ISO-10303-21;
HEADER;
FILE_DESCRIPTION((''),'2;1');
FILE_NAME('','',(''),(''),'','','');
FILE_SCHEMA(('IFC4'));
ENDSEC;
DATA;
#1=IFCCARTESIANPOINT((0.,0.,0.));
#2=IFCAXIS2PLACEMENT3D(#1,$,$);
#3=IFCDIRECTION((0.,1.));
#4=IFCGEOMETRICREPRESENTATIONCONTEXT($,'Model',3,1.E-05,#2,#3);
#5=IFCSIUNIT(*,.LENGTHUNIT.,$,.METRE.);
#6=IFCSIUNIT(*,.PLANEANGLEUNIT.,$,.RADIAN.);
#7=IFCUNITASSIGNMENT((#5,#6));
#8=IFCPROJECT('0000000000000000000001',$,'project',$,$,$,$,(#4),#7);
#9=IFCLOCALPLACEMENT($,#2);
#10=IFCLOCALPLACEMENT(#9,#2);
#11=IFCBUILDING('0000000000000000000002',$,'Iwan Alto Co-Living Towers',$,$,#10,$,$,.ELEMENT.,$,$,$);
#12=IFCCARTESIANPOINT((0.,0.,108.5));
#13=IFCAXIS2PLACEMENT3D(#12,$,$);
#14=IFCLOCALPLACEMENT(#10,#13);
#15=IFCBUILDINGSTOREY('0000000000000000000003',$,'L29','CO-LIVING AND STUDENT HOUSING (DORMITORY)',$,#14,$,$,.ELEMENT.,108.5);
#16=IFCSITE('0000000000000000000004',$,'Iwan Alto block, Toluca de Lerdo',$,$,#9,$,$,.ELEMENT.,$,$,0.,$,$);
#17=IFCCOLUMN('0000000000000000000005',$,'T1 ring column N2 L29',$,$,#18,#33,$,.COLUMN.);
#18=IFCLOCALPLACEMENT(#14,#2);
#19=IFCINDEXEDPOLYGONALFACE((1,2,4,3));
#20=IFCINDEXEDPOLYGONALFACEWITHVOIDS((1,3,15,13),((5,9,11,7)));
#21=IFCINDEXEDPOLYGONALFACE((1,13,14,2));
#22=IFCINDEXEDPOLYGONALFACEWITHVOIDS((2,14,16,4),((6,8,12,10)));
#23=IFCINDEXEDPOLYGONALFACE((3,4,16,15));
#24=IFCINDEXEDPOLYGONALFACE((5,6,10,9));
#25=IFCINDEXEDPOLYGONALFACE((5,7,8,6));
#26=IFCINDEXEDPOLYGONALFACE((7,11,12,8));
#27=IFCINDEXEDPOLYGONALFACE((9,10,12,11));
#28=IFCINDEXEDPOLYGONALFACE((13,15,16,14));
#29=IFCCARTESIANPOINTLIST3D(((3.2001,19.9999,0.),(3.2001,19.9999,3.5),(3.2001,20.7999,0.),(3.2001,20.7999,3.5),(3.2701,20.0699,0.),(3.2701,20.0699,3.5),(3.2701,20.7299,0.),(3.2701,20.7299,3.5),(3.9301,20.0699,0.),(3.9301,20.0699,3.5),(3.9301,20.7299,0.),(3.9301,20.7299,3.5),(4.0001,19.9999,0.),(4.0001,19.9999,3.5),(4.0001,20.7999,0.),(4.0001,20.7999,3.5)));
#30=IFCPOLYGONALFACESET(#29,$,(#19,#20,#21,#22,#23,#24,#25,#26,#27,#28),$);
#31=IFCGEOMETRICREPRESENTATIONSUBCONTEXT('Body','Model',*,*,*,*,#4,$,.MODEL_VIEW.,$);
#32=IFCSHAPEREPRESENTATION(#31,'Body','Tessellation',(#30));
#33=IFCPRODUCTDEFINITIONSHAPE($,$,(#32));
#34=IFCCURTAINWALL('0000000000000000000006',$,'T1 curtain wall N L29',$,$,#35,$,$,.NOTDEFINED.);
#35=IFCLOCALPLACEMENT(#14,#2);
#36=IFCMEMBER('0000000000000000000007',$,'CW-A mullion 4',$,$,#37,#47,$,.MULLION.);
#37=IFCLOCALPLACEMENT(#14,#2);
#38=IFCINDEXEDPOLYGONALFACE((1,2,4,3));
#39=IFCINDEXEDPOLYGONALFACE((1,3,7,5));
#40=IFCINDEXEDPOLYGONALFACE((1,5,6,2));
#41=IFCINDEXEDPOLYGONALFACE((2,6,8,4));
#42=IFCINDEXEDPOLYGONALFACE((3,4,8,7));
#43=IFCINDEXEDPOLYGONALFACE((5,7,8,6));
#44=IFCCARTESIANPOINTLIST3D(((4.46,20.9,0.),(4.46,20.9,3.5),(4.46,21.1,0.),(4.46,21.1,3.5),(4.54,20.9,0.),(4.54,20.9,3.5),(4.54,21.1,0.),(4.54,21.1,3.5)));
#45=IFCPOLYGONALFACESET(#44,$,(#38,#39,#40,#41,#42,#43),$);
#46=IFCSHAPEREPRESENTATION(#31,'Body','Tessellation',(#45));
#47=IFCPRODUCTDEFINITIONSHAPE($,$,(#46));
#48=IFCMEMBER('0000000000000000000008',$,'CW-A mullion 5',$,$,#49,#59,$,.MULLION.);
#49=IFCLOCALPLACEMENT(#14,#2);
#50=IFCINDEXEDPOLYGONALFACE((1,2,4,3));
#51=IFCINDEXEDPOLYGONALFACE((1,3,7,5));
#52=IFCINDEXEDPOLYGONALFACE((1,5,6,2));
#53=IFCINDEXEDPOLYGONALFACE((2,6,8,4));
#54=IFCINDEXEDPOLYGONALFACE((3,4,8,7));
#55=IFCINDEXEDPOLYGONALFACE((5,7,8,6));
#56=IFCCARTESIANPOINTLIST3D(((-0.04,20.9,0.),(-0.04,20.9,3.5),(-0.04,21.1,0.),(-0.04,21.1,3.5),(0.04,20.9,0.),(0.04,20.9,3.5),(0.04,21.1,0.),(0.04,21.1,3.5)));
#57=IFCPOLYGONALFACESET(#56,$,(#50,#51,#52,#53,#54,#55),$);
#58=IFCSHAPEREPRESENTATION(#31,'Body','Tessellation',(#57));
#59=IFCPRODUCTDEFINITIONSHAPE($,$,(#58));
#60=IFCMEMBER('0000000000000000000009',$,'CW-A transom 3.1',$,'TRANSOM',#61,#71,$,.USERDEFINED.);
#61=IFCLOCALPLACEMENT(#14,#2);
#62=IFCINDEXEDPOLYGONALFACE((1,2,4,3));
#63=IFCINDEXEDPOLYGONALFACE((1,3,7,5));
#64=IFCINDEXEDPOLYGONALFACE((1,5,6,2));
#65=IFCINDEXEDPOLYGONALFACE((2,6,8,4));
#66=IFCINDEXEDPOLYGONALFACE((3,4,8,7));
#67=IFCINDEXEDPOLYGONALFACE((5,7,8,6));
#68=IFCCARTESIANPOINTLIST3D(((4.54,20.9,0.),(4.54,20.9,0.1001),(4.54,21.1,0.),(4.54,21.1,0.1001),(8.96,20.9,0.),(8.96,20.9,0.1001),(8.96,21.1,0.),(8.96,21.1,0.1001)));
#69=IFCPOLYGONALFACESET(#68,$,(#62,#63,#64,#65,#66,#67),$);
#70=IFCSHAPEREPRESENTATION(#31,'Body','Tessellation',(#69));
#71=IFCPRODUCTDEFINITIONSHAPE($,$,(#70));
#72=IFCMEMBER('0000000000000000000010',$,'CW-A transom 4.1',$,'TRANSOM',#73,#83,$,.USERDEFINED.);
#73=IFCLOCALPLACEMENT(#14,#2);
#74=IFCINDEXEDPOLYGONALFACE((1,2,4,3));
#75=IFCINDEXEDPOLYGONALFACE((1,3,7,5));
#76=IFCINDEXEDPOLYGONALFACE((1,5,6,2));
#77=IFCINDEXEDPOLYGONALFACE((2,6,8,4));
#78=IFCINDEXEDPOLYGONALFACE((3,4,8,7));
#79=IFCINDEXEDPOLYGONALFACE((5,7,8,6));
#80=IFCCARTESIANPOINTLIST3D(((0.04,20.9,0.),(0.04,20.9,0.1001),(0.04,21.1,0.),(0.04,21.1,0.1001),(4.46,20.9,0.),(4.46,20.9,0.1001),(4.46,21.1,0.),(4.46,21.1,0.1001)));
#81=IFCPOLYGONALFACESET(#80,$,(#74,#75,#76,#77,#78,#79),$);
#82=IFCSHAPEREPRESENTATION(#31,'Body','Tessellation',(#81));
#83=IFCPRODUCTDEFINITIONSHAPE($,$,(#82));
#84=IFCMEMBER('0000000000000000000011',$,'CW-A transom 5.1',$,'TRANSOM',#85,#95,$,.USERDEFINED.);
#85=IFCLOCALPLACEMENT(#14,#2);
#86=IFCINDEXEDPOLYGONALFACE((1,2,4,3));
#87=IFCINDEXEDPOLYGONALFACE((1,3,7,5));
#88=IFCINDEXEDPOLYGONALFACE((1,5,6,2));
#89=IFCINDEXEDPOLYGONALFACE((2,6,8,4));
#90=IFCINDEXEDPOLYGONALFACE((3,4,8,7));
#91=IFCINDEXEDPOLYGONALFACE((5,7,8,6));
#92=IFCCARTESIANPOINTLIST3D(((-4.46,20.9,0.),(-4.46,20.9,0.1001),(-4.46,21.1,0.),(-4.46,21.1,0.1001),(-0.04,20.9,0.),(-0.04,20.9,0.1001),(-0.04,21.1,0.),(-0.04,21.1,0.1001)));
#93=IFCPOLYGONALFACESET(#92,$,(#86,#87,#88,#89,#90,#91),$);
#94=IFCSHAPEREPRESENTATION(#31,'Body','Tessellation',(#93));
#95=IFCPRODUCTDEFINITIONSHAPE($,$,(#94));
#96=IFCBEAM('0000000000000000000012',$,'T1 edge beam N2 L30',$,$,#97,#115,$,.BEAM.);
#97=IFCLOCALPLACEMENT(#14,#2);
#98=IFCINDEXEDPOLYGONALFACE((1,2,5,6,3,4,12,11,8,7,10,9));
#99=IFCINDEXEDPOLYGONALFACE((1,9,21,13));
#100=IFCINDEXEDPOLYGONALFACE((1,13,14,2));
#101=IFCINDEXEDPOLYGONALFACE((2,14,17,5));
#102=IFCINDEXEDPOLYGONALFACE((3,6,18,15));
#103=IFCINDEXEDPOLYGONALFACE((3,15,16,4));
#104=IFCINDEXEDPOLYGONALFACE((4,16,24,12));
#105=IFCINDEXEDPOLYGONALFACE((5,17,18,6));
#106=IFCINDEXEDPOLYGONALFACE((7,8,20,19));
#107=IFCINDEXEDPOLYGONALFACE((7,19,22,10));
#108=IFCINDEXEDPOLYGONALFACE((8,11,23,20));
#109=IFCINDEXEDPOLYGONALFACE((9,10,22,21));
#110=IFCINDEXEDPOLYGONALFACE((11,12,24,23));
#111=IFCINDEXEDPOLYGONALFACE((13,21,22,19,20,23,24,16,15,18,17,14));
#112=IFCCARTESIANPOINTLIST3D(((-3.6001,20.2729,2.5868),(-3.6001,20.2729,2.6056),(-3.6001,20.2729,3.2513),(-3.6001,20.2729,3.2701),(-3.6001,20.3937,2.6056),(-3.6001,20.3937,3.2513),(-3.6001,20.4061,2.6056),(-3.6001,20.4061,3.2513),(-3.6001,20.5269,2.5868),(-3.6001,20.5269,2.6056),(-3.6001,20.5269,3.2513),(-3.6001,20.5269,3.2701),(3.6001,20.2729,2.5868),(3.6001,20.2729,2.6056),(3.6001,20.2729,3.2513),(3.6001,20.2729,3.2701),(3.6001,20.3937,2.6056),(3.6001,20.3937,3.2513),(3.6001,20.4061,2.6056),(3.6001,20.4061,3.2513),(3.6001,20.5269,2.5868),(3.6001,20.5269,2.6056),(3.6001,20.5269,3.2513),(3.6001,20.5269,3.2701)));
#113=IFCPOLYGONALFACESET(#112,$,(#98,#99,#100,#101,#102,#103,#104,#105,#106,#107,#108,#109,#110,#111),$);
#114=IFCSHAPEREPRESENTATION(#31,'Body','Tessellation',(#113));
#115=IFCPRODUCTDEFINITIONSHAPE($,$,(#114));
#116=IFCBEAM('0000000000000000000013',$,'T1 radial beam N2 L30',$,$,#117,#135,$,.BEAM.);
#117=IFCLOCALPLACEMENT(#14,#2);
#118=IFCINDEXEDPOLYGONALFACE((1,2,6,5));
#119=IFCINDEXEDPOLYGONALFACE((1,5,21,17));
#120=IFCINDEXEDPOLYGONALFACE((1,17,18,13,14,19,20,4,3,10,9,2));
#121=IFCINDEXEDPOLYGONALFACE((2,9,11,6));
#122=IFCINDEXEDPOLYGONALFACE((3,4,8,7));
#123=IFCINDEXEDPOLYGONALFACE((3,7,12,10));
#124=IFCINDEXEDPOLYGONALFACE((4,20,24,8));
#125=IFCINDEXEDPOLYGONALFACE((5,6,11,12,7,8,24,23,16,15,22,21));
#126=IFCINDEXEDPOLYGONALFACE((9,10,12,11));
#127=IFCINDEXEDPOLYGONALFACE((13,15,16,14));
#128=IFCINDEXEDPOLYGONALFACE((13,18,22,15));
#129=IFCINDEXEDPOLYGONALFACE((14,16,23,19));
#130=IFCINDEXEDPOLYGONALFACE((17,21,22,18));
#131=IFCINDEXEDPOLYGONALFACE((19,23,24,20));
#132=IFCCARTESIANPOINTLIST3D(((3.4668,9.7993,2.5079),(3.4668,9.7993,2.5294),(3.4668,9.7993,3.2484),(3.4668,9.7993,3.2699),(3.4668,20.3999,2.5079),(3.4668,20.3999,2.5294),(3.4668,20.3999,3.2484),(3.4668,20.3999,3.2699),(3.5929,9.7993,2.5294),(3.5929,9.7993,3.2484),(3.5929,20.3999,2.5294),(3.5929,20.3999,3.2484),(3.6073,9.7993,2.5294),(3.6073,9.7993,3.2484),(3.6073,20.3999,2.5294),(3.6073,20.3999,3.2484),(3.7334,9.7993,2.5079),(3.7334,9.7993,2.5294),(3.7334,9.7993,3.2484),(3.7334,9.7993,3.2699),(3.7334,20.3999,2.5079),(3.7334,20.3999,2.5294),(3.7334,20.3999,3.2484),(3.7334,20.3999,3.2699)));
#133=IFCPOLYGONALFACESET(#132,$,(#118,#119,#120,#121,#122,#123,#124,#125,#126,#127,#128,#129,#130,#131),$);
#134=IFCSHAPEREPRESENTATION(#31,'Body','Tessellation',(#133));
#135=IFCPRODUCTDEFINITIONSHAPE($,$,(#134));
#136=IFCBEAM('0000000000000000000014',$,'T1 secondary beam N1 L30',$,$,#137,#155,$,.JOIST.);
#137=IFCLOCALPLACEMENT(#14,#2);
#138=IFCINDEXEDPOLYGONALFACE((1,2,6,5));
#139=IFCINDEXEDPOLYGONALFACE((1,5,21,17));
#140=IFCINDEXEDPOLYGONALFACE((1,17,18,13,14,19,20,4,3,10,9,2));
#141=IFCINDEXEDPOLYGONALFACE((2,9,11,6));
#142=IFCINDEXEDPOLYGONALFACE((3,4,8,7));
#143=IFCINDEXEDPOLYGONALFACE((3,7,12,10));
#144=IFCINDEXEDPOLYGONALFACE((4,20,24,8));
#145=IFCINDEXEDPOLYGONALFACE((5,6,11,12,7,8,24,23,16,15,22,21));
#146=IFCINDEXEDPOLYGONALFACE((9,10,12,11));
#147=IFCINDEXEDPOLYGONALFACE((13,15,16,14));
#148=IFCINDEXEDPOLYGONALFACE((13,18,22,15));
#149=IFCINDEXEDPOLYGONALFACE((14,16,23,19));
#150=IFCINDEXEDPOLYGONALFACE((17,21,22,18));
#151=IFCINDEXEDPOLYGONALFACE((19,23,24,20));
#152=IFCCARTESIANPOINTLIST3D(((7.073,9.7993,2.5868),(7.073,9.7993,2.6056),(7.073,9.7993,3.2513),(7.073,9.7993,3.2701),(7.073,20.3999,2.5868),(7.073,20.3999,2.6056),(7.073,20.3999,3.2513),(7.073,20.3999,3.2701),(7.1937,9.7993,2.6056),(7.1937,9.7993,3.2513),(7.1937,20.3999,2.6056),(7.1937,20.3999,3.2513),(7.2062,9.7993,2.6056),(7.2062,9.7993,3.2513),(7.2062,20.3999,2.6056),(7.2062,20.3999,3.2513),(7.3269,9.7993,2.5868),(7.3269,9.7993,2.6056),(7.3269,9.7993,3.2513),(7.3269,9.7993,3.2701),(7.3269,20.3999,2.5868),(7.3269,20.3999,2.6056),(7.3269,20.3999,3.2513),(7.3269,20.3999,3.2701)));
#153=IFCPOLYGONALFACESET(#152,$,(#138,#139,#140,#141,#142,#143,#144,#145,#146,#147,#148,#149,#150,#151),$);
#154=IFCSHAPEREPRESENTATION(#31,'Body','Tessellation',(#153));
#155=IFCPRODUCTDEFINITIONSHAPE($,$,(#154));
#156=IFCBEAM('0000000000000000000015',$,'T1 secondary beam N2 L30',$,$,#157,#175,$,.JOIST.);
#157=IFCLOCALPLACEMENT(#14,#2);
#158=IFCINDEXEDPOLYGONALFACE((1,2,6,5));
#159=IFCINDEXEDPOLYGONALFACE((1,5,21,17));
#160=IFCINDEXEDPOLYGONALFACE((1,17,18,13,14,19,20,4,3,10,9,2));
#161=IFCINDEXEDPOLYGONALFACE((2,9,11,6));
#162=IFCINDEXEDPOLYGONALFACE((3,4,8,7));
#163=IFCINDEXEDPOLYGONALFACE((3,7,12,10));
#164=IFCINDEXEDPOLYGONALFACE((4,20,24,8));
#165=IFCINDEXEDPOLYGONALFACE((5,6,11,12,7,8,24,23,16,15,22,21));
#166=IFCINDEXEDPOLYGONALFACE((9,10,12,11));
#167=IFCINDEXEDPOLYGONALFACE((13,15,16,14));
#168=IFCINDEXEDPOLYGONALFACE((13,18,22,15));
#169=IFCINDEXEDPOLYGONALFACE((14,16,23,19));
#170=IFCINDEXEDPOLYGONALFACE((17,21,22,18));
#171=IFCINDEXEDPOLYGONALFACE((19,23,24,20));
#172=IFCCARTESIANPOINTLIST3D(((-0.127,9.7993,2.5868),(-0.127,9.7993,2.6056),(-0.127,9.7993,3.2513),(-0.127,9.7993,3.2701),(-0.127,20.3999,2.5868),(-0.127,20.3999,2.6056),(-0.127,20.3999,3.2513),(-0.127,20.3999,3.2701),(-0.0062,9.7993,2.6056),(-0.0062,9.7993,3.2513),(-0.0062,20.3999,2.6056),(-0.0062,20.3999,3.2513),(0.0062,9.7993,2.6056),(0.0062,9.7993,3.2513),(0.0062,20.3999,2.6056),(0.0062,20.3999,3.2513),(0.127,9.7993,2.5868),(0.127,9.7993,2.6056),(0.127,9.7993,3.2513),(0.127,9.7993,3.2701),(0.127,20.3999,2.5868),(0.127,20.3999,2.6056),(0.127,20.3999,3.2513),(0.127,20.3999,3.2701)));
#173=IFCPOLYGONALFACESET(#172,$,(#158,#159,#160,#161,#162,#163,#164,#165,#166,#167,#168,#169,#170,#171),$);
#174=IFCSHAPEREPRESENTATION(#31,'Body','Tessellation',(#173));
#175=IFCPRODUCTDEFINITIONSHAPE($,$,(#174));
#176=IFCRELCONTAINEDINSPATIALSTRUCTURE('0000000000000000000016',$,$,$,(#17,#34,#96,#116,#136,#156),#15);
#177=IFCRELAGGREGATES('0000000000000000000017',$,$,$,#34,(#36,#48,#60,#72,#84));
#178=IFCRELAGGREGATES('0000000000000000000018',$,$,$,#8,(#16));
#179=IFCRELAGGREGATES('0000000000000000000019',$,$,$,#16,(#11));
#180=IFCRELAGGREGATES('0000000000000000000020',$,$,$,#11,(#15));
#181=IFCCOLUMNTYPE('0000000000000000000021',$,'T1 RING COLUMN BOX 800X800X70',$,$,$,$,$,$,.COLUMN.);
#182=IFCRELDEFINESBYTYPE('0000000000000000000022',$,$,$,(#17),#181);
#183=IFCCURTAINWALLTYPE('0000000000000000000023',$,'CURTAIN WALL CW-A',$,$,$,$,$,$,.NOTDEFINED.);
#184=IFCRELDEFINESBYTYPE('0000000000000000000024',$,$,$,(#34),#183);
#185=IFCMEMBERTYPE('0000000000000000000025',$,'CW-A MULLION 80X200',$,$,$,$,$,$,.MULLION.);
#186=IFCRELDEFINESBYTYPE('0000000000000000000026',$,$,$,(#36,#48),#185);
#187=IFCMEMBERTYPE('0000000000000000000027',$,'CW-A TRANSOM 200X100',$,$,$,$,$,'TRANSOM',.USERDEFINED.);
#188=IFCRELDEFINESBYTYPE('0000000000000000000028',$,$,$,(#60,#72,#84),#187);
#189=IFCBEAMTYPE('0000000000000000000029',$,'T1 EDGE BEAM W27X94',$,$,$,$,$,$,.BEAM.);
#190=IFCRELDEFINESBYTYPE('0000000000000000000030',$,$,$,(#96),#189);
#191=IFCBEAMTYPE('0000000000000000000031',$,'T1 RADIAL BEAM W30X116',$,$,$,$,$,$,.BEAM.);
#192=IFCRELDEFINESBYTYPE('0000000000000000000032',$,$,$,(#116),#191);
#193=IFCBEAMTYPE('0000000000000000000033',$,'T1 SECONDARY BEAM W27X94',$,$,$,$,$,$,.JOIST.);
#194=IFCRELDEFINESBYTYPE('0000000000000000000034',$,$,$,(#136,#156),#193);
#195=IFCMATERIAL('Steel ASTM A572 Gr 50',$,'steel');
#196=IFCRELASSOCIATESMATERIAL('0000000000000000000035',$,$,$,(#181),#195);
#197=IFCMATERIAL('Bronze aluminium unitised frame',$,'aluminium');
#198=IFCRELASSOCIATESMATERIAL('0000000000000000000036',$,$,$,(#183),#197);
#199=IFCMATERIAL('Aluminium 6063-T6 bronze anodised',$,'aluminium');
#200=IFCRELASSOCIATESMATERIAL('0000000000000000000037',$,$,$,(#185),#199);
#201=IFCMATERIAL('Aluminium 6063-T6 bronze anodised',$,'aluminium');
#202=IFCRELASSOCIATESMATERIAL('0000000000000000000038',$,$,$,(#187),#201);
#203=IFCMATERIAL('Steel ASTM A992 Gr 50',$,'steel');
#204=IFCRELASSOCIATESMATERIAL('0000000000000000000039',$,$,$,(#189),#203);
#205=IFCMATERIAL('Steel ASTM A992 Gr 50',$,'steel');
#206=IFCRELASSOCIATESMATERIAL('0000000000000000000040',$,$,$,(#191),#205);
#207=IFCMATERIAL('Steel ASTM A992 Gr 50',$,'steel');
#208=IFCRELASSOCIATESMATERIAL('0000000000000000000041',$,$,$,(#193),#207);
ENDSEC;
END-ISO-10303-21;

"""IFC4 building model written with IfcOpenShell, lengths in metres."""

from ifc_helpers import new_model, si_unit, direction, frame, origin, origin_2d, place, context, subcontext, project, spatial, rectangle, hollow_rectangle, i_section, extrude, material, material_profile, profile_set, type_object, element, aggregate, save


model = new_model("IFC4")

# Units and contexts
model_context = context("Model", 3, precision=1e-05, world=origin(), true_north=direction((0.0, 1.0)))
body_context = subcontext(model_context, "Body", "Model", "MODEL_VIEW")
ifc_project = project(units=[si_unit("LENGTHUNIT", "METRE"), si_unit("PLANEANGLEUNIT", "RADIAN")], contexts=[model_context])

# Site, building, storey
site_placement = place(None, origin())
site = spatial("IfcSite", under=ifc_project, at=site_placement, Name="Iwan Alto block, Toluca de Lerdo", CompositionType="ELEMENT", RefElevation=0.0)
building_placement = place(site_placement, origin())
building = spatial("IfcBuilding", under=site, at=building_placement, Name="Iwan Alto Co-Living Towers", CompositionType="ELEMENT")
storey_placement = place(building_placement, frame((0.0, 0.0, 108.5)))
storey = spatial("IfcBuildingStorey", under=building, at=storey_placement, Name="L29", Description="CO-LIVING AND STUDENT HOUSING (DORMITORY)", CompositionType="ELEMENT", Elevation=108.5)

# Column
ifc_material_1 = material(Name="Steel ASTM A572 Gr 50", Category="steel")
ifc_material_profile_1 = material_profile(ifc_material_1, hollow_rectangle(XDim=0.8, YDim=0.8, WallThickness=0.0701, at=origin_2d()), Name="BOX 800X800X70")
ifc_profile_set_1 = profile_set([ifc_material_profile_1], Name="Steel ASTM A572 Gr 50")
column_type = type_object("IfcColumnType", Name="T1 RING COLUMN BOX 800X800X70", PredefinedType="COLUMN", material=ifc_profile_set_1)
column_placement = place(storey_placement, frame((3.6001, 20.3999, 0.0), z_axis=(0.0, 0.0, 1.0), x_axis=(1.0, 0.0, 0.0)))
element("IfcColumn", 1, at=column_placement, inside=storey, type_object=column_type, Name="T1 ring column N2 L29", PredefinedType="COLUMN", context=body_context, shape_type="SweptSolid", body=[
    extrude(hollow_rectangle(XDim=0.8, YDim=0.8, WallThickness=0.0701, at=origin_2d()), origin(), (0.0, 0.0, 1.0), 3.5),
])

# Curtain wall, members
ifc_material_2 = material(Name="Bronze aluminium unitised frame", Category="aluminium")
curtain_wall_type = type_object("IfcCurtainWallType", Name="CURTAIN WALL CW-A", PredefinedType="NOTDEFINED", material=ifc_material_2)
curtain_wall_placement = place(storey_placement, origin())
curtain_wall = element("IfcCurtainWall", 2, at=curtain_wall_placement, inside=storey, type_object=curtain_wall_type, Name="T1 curtain wall N L29", PredefinedType="NOTDEFINED")
ifc_material_3 = material(Name="Aluminium 6063-T6 bronze anodised", Category="aluminium")
ifc_material_profile_2 = material_profile(ifc_material_3, rectangle(XDim=0.2, YDim=0.0801, at=origin_2d()), Name="AL 80X200")
ifc_profile_set_2 = profile_set([ifc_material_profile_2], Name="Aluminium 6063-T6 bronze anodised")
member_type_1 = type_object("IfcMemberType", Name="CW-A MULLION 80X200", PredefinedType="MULLION", material=ifc_profile_set_2)
member_1_placement = place(storey_placement, frame((4.5, 21.0, 0.0), z_axis=(0.0, 0.0, 1.0), x_axis=(0.0, -1.0, 0.0)))
member_1 = element("IfcMember", 3, at=member_1_placement, type_object=member_type_1, Name="CW-A mullion 4", PredefinedType="MULLION", context=body_context, shape_type="SweptSolid", body=[
    extrude(rectangle(XDim=0.2, YDim=0.0801, at=origin_2d()), origin(), (0.0, 0.0, 1.0), 3.5),
])
member_2_placement = place(storey_placement, frame((0.0, 21.0, 0.0), z_axis=(0.0, 0.0, 1.0), x_axis=(0.0, -1.0, 0.0)))
member_2 = element("IfcMember", 4, at=member_2_placement, type_object=member_type_1, Name="CW-A mullion 5", PredefinedType="MULLION", context=body_context, shape_type="SweptSolid", body=[
    extrude(rectangle(XDim=0.2, YDim=0.0801, at=origin_2d()), origin(), (0.0, 0.0, 1.0), 3.5),
])
ifc_material_4 = material(Name="Aluminium 6063-T6 bronze anodised", Category="aluminium")
ifc_material_profile_3 = material_profile(ifc_material_4, rectangle(XDim=0.2, YDim=0.1001, at=origin_2d()), Name="AL 200X100")
ifc_profile_set_3 = profile_set([ifc_material_profile_3], Name="Aluminium 6063-T6 bronze anodised")
member_type_2 = type_object("IfcMemberType", Name="CW-A TRANSOM 200X100", ElementType="TRANSOM", PredefinedType="USERDEFINED", material=ifc_profile_set_3)
member_3_placement = place(storey_placement, frame((8.96, 21.0, 0.05), z_axis=(-1.0, 0.0, 0.0), x_axis=(0.0, -1.0, 0.0)))
member_3 = element("IfcMember", 5, at=member_3_placement, type_object=member_type_2, Name="CW-A transom 3.1", ObjectType="TRANSOM", PredefinedType="USERDEFINED", context=body_context, shape_type="SweptSolid", body=[
    extrude(rectangle(XDim=0.2, YDim=0.1001, at=origin_2d()), origin(), (0.0, 0.0, 1.0), 4.4199),
])
member_4_placement = place(storey_placement, frame((4.46, 21.0, 0.05), z_axis=(-1.0, 0.0, 0.0), x_axis=(0.0, -1.0, 0.0)))
member_4 = element("IfcMember", 6, at=member_4_placement, type_object=member_type_2, Name="CW-A transom 4.1", ObjectType="TRANSOM", PredefinedType="USERDEFINED", context=body_context, shape_type="SweptSolid", body=[
    extrude(rectangle(XDim=0.2, YDim=0.1001, at=origin_2d()), origin(), (0.0, 0.0, 1.0), 4.4199),
])
member_5_placement = place(storey_placement, frame((-0.04, 21.0, 0.05), z_axis=(-1.0, 0.0, 0.0), x_axis=(0.0, -1.0, 0.0)))
member_5 = element("IfcMember", 7, at=member_5_placement, type_object=member_type_2, Name="CW-A transom 5.1", ObjectType="TRANSOM", PredefinedType="USERDEFINED", context=body_context, shape_type="SweptSolid", body=[
    extrude(rectangle(XDim=0.2, YDim=0.1001, at=origin_2d()), origin(), (0.0, 0.0, 1.0), 4.4199),
])

# Beams
ifc_material_5 = material(Name="Steel ASTM A992 Gr 50", Category="steel")
ifc_material_profile_4 = material_profile(ifc_material_5, i_section(OverallWidth=0.2539, OverallDepth=0.6833, WebThickness=0.0125, FlangeThickness=0.0188, at=origin_2d()), Name="W27X94")
ifc_profile_set_4 = profile_set([ifc_material_profile_4], Name="Steel ASTM A992 Gr 50")
beam_type_1 = type_object("IfcBeamType", Name="T1 EDGE BEAM W27X94", PredefinedType="BEAM", material=ifc_profile_set_4)
beam_1_placement = place(storey_placement, frame((3.6001, 20.3999, 2.9285), z_axis=(-1.0, 0.0, 0.0), x_axis=(0.0, -1.0, 0.0)))
element("IfcBeam", 8, at=beam_1_placement, inside=storey, type_object=beam_type_1, Name="T1 edge beam N2 L30", PredefinedType="BEAM", context=body_context, shape_type="SweptSolid", body=[
    extrude(i_section(OverallWidth=0.2539, OverallDepth=0.6833, WebThickness=0.0125, FlangeThickness=0.0188, at=origin_2d()), origin(), (0.0, 0.0, 1.0), 7.2002),
])
ifc_material_6 = material(Name="Steel ASTM A992 Gr 50", Category="steel")
ifc_material_profile_5 = material_profile(ifc_material_6, i_section(OverallWidth=0.2666, OverallDepth=0.762, WebThickness=0.0144, FlangeThickness=0.0215, at=origin_2d()), Name="W30X116")
ifc_profile_set_5 = profile_set([ifc_material_profile_5], Name="Steel ASTM A992 Gr 50")
beam_type_2 = type_object("IfcBeamType", Name="T1 RADIAL BEAM W30X116", PredefinedType="BEAM", material=ifc_profile_set_5)
beam_2_placement = place(storey_placement, frame((3.6001, 20.3999, 2.8889), z_axis=(0.0, -1.0, 0.0), x_axis=(1.0, 0.0, 0.0)))
element("IfcBeam", 9, at=beam_2_placement, inside=storey, type_object=beam_type_2, Name="T1 radial beam N2 L30", PredefinedType="BEAM", context=body_context, shape_type="SweptSolid", body=[
    extrude(i_section(OverallWidth=0.2666, OverallDepth=0.762, WebThickness=0.0144, FlangeThickness=0.0215, at=origin_2d()), origin(), (0.0, 0.0, 1.0), 10.6006),
])
ifc_material_7 = material(Name="Steel ASTM A992 Gr 50", Category="steel")
ifc_material_profile_6 = material_profile(ifc_material_7, i_section(OverallWidth=0.2539, OverallDepth=0.6833, WebThickness=0.0125, FlangeThickness=0.0188, at=origin_2d()), Name="W27X94")
ifc_profile_set_6 = profile_set([ifc_material_profile_6], Name="Steel ASTM A992 Gr 50")
beam_type_3 = type_object("IfcBeamType", Name="T1 SECONDARY BEAM W27X94", PredefinedType="JOIST", material=ifc_profile_set_6)
for number, where, z_axis, x_axis, name in (
    (10, (7.2, 20.3999, 2.9285), (0.0, -1.0, 0.0), (1.0, 0.0, 0.0), "T1 secondary beam N1 L30"),
    (11, (0.0, 20.3999, 2.9285), (0.0, -1.0, 0.0), (1.0, 0.0, 0.0), "T1 secondary beam N2 L30"),
):
    element("IfcBeam", number, at=place(storey_placement, frame(where, z_axis=z_axis, x_axis=x_axis)), inside=storey, type_object=beam_type_3, Name=name, PredefinedType="JOIST", context=body_context, shape_type="SweptSolid", body=[
        extrude(i_section(OverallWidth=0.2539, OverallDepth=0.6833, WebThickness=0.0125, FlangeThickness=0.0188, at=origin_2d()), origin(), (0.0, 0.0, 1.0), 10.6006),
    ])

aggregate(curtain_wall, [member_1, member_2, member_3, member_4, member_5])

save(model, "model.ifc")
